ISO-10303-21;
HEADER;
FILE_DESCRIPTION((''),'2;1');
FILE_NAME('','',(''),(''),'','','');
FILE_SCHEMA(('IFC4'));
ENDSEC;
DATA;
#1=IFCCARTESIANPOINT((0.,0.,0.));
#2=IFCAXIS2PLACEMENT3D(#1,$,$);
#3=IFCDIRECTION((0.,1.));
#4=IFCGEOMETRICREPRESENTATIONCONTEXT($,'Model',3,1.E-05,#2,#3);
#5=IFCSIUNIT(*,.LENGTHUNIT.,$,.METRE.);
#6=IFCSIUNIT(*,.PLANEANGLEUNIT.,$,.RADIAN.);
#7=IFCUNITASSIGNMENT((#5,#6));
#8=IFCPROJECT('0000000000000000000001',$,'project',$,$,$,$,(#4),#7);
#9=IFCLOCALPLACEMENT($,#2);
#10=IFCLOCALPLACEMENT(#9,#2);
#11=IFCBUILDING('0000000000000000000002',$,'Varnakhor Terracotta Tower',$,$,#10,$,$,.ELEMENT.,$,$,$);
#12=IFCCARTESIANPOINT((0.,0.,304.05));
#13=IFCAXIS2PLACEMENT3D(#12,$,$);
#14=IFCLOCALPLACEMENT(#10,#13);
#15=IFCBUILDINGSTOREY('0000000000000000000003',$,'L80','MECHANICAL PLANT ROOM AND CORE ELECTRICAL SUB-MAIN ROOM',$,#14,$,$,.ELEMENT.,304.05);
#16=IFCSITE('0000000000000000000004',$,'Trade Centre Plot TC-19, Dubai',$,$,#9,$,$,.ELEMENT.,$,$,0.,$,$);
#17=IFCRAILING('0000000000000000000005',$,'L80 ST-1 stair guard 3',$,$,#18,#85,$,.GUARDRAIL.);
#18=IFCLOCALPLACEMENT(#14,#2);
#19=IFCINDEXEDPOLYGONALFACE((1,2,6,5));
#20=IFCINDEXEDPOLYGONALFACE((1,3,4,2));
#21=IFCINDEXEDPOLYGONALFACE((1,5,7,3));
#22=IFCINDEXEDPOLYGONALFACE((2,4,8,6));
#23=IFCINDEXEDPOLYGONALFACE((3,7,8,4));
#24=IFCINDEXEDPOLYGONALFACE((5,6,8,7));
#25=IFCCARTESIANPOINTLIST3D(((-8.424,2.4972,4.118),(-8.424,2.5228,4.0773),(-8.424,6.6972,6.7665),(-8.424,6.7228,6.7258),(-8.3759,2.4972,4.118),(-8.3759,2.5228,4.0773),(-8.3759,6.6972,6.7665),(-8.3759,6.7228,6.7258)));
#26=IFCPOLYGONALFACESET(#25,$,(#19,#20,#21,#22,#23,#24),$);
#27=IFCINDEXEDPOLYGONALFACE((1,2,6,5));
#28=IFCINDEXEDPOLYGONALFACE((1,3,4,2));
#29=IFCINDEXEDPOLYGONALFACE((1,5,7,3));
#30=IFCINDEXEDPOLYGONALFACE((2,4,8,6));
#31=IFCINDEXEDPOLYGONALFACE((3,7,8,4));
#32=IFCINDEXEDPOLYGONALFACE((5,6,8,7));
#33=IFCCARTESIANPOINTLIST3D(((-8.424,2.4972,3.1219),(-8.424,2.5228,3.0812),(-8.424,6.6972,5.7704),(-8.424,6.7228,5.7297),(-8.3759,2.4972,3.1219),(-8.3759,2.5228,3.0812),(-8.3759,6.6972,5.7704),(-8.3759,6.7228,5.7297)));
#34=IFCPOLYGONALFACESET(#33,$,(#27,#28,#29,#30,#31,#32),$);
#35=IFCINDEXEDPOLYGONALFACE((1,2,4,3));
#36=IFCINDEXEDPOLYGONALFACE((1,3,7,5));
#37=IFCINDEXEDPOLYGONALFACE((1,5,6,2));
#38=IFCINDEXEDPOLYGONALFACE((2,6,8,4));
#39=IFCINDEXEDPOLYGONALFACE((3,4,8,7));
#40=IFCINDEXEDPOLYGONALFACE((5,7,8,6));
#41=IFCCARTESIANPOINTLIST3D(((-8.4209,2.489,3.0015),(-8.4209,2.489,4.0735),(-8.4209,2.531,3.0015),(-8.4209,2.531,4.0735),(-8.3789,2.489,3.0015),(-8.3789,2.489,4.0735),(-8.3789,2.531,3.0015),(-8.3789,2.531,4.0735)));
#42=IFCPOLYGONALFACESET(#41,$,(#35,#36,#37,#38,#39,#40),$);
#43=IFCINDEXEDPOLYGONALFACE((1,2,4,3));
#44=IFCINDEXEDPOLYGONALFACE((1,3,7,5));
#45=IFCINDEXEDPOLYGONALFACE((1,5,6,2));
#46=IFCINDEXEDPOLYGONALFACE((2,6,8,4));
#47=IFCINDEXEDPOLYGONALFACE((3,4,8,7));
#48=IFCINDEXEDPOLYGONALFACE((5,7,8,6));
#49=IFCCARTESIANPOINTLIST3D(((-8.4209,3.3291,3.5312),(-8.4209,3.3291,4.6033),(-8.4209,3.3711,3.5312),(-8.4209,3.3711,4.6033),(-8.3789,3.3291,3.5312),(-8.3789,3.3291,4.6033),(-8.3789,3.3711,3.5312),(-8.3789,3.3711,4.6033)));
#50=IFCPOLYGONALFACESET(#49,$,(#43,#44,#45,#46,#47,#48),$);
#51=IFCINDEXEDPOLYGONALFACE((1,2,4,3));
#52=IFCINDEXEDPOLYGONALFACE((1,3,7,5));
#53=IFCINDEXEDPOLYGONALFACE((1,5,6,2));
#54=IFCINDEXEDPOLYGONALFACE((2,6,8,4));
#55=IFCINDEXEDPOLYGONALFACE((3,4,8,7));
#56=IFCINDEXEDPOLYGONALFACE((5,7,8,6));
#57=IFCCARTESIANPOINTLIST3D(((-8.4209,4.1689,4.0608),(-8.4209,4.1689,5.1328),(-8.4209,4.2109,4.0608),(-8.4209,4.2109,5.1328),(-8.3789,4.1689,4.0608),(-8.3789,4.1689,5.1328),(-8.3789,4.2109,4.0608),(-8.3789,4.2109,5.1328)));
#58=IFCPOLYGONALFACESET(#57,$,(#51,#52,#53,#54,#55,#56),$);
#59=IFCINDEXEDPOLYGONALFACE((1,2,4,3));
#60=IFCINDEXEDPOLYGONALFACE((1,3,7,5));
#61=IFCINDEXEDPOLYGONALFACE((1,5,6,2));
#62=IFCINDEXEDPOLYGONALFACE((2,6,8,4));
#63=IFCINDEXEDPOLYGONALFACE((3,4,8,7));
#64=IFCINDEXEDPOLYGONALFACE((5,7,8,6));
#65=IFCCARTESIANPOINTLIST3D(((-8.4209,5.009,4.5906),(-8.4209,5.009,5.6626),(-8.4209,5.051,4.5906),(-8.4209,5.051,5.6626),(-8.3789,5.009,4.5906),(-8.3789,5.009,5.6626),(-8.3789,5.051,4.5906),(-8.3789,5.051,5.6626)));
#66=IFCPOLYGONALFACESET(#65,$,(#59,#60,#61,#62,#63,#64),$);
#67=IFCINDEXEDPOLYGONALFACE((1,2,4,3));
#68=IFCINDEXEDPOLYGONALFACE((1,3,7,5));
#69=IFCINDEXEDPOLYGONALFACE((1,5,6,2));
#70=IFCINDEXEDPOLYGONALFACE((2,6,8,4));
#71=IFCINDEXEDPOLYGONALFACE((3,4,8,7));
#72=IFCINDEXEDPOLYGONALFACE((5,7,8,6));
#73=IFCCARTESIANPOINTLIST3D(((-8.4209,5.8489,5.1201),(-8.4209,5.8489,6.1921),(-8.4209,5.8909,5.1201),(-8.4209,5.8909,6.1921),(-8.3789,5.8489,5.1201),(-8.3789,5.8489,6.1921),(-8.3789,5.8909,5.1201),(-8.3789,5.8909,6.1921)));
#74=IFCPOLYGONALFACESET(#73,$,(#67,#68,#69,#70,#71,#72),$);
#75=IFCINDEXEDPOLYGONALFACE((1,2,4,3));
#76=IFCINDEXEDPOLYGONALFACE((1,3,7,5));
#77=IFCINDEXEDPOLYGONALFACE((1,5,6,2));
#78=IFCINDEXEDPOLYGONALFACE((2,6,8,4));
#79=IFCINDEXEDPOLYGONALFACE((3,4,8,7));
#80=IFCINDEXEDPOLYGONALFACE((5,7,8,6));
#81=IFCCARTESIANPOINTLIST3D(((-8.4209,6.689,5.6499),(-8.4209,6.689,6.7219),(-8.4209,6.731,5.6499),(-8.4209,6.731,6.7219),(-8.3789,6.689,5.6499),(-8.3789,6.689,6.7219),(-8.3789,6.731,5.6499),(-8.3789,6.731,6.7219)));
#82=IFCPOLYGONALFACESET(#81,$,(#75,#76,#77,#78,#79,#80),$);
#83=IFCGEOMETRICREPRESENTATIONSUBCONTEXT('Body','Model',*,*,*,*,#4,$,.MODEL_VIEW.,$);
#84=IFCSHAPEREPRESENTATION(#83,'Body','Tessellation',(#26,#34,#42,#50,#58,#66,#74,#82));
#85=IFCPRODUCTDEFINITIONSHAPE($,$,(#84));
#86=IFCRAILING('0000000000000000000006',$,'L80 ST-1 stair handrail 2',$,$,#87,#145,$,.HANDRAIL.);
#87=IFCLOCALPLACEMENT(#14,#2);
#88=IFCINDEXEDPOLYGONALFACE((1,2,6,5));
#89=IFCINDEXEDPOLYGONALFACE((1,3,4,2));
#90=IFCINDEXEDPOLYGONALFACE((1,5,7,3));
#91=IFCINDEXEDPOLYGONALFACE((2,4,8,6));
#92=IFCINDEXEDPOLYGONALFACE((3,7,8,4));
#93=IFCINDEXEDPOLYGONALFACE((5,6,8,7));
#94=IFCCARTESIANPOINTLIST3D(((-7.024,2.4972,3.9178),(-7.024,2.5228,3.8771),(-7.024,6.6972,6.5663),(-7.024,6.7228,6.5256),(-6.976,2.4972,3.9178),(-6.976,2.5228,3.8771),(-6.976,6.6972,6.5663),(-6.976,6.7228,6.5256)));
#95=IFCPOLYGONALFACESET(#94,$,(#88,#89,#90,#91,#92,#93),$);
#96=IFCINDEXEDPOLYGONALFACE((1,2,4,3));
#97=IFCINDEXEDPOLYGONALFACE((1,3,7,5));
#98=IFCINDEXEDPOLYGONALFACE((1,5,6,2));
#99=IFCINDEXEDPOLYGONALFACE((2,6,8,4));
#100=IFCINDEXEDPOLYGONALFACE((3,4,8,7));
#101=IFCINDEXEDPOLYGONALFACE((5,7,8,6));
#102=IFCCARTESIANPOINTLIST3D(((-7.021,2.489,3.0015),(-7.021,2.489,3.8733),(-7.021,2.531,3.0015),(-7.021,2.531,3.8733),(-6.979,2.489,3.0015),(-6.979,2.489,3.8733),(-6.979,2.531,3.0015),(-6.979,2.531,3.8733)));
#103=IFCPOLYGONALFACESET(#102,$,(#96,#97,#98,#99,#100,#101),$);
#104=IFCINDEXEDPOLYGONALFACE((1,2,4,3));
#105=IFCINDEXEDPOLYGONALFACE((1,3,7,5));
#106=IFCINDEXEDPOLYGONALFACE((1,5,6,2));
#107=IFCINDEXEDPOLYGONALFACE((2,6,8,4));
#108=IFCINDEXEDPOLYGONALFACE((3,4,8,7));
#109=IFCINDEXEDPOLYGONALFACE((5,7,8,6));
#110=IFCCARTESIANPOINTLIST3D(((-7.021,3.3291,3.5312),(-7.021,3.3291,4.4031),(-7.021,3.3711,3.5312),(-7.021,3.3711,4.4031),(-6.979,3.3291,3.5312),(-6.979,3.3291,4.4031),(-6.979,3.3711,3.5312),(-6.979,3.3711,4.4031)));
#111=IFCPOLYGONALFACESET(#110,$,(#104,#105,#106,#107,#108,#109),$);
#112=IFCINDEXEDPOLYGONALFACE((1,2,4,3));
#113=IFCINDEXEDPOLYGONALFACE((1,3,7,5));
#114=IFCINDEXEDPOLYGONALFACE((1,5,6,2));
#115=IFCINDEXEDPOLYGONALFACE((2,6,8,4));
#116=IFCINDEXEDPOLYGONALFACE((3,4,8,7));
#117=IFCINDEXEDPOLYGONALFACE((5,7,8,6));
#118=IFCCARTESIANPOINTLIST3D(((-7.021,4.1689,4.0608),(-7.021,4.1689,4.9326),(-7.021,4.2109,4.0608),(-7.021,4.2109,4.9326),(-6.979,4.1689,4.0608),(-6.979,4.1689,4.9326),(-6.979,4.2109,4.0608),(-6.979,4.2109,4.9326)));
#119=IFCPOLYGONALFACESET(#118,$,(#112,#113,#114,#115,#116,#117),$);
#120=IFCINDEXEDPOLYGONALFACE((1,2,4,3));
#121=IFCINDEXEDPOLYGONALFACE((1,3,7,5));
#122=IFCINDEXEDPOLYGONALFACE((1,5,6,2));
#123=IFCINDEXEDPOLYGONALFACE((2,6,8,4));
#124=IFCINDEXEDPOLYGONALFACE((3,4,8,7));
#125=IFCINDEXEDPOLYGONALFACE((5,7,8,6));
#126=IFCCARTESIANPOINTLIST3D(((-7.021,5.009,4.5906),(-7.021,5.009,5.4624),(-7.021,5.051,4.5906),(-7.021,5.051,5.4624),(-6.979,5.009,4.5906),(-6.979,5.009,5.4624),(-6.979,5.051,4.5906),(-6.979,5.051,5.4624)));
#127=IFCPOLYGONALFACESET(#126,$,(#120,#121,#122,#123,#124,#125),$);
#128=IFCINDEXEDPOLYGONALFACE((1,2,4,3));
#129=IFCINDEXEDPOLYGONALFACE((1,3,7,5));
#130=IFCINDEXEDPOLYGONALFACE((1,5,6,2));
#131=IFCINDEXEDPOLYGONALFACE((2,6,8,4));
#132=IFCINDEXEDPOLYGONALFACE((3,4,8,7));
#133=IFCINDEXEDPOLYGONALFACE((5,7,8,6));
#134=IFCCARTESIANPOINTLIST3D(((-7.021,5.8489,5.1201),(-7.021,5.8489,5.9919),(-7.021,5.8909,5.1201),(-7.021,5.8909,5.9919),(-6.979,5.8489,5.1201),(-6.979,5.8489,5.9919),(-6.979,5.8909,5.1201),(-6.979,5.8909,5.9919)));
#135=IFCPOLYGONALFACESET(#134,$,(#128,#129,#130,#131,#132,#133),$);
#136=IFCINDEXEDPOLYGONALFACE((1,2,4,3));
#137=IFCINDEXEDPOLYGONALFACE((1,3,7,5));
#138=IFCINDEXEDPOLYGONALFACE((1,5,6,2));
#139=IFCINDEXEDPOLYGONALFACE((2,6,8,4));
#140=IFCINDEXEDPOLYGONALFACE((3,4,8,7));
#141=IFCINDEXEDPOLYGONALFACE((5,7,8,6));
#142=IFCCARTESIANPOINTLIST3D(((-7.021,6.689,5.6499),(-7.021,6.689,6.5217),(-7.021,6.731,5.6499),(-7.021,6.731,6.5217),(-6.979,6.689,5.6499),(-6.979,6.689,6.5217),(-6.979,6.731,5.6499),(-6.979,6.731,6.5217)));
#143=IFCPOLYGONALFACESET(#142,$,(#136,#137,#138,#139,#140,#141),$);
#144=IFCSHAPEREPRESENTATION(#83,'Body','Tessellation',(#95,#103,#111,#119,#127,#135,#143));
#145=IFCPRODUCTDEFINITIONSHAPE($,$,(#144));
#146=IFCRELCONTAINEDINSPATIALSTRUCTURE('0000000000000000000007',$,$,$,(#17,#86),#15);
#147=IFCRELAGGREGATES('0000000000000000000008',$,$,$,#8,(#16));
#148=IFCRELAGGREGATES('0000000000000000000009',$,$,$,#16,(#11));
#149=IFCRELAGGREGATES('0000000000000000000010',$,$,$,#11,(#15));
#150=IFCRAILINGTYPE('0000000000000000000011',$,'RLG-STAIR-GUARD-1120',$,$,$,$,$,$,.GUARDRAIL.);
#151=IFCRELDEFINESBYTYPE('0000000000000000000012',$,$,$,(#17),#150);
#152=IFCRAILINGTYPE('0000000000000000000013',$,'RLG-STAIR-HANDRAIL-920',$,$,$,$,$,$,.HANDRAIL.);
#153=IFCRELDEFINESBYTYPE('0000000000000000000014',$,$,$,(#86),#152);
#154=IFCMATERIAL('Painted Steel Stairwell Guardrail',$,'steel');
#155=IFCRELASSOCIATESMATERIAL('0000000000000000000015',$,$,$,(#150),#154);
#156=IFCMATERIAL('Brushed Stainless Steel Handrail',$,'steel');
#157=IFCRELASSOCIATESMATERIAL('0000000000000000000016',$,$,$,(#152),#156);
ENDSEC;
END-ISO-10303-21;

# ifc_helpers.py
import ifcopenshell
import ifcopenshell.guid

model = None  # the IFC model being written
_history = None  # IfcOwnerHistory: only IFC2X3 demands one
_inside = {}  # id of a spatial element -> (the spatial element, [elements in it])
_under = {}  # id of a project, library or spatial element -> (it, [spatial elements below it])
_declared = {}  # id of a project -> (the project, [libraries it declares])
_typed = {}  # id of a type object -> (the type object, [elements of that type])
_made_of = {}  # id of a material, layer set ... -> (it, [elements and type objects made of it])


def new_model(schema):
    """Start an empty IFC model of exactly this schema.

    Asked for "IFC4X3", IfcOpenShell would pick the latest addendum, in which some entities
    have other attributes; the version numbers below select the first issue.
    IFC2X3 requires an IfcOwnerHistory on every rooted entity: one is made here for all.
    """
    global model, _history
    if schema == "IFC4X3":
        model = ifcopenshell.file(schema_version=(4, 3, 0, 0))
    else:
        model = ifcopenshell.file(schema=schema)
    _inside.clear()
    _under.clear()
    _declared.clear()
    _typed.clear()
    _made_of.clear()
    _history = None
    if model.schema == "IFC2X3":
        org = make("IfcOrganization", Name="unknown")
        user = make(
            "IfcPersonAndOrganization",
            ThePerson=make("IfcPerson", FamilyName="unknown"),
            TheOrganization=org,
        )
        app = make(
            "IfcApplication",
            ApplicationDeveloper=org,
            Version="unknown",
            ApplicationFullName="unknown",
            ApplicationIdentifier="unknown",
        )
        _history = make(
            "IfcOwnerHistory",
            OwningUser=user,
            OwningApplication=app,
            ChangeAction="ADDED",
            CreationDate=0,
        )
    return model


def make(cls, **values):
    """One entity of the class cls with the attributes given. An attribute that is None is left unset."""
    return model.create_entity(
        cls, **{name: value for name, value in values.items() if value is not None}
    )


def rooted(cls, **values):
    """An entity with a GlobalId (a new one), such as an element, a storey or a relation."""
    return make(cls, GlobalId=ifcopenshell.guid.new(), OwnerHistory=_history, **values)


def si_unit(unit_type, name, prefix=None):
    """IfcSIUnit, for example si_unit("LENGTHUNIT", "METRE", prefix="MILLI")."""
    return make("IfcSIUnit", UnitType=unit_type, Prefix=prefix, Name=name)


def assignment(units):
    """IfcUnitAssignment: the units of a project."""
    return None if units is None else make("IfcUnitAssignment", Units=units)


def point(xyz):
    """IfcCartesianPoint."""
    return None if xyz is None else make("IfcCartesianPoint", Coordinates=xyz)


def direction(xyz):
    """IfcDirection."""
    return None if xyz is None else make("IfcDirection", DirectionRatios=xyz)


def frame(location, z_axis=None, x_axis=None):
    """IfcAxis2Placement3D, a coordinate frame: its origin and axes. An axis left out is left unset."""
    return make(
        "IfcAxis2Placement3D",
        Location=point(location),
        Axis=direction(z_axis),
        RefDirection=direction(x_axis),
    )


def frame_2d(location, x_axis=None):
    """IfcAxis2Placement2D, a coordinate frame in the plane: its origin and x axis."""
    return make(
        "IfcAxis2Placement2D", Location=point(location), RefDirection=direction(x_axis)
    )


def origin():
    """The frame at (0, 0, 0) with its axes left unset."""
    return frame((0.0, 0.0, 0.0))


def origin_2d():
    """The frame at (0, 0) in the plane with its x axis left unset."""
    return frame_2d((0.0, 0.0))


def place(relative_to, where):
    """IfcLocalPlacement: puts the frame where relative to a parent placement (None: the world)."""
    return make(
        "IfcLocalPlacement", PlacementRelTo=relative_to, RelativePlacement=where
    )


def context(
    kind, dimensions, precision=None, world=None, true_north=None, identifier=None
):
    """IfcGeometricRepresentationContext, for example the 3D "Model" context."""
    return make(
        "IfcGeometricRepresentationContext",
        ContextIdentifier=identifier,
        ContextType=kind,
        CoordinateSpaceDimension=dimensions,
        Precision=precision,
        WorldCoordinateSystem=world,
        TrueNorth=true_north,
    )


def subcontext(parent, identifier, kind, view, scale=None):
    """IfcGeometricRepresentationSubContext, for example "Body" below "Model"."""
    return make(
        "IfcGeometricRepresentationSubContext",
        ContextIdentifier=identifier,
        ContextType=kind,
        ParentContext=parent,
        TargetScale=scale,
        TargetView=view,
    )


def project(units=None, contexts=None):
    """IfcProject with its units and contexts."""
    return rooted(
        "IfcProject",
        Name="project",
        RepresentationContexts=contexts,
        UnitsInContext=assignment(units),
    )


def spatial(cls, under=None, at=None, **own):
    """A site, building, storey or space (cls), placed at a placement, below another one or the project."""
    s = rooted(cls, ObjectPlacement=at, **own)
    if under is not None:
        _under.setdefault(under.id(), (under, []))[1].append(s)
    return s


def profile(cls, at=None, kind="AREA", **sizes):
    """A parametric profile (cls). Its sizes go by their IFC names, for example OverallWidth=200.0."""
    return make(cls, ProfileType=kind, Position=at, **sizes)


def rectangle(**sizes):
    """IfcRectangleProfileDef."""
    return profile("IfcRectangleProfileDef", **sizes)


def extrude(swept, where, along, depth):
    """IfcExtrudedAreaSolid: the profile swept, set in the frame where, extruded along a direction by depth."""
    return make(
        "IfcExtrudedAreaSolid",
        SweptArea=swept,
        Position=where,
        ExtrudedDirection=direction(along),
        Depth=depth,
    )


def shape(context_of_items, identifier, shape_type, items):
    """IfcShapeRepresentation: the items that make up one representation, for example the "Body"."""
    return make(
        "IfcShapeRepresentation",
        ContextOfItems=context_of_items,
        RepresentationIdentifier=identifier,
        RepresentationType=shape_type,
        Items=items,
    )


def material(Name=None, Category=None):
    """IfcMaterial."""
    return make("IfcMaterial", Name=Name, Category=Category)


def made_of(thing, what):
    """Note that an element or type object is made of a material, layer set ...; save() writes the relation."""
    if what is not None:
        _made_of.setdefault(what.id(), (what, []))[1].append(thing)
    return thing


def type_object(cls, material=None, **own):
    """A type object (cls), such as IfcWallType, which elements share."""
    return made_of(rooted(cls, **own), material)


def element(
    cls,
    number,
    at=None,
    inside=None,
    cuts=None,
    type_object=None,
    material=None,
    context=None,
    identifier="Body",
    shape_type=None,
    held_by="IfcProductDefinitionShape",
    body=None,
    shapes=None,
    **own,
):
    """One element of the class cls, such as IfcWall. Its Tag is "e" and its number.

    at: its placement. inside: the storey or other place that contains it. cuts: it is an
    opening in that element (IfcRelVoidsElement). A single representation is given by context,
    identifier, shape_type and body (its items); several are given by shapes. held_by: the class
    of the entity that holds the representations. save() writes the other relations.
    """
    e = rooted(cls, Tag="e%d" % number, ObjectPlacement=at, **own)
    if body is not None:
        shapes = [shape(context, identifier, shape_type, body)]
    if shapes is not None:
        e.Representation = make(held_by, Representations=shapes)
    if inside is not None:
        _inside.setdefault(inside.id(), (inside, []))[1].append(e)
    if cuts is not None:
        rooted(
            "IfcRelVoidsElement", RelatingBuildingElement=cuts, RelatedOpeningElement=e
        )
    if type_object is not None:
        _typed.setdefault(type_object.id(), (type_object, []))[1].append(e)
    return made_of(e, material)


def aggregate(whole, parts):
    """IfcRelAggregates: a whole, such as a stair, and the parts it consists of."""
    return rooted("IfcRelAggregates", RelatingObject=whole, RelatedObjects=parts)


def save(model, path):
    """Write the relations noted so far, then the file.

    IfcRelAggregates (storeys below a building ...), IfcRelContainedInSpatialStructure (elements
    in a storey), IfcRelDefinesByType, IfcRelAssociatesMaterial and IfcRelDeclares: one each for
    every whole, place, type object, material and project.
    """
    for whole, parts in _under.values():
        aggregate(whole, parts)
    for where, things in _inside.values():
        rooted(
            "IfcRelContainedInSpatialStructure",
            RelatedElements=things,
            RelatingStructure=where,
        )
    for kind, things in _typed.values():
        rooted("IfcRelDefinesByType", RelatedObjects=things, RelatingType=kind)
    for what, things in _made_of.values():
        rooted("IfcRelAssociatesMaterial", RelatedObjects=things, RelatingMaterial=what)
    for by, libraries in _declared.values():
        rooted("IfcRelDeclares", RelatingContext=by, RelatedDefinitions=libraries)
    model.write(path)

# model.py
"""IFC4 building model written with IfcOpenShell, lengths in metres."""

from ifc_helpers import new_model, si_unit, direction, frame, origin, origin_2d, place, context, subcontext, project, spatial, rectangle, extrude, material, type_object, element, save


model = new_model("IFC4")

# Units and contexts
model_context = context("Model", 3, precision=1e-05, world=origin(), true_north=direction((0.0, 1.0)))
body_context = subcontext(model_context, "Body", "Model", "MODEL_VIEW")
ifc_project = project(units=[si_unit("LENGTHUNIT", "METRE"), si_unit("PLANEANGLEUNIT", "RADIAN")], contexts=[model_context])

# Site, building, storey
site_placement = place(None, origin())
site = spatial("IfcSite", under=ifc_project, at=site_placement, Name="Trade Centre Plot TC-19, Dubai", CompositionType="ELEMENT", RefElevation=0.0)
building_placement = place(site_placement, origin())
building = spatial("IfcBuilding", under=site, at=building_placement, Name="Varnakhor Terracotta Tower", CompositionType="ELEMENT")
storey_placement = place(building_placement, frame((0.0, 0.0, 304.05)))
storey = spatial("IfcBuildingStorey", under=building, at=storey_placement, Name="L80", Description="MECHANICAL PLANT ROOM AND CORE ELECTRICAL SUB-MAIN ROOM", CompositionType="ELEMENT", Elevation=304.05)

# Railings
ifc_material_1 = material(Name="Painted Steel Stairwell Guardrail", Category="steel")
railing_type_1 = type_object("IfcRailingType", Name="RLG-STAIR-GUARD-1120", PredefinedType="GUARDRAIL", material=ifc_material_1)
railing_1_placement = place(storey_placement, frame((-8.3999, 2.51, 3.0015)))
element("IfcRailing", 1, at=railing_1_placement, inside=storey, type_object=railing_type_1, Name="L80 ST-1 stair guard 3", PredefinedType="GUARDRAIL", context=body_context, shape_type="SweptSolid", body=[
    extrude(rectangle(XDim=0.0481, YDim=0.0481, at=origin_2d()), frame((0.0, 0.0, 1.0962), z_axis=(0.0, 0.845867, 0.533393), x_axis=(-1.0, 0.0, 0.0)), (0.0, 0.0, 1.0), 4.9653),
    extrude(rectangle(XDim=0.0481, YDim=0.0481, at=origin_2d()), frame((0.0, 0.0, 0.1001), z_axis=(0.0, 0.845867, 0.533393), x_axis=(-1.0, 0.0, 0.0)), (0.0, 0.0, 1.0), 4.9653),
    extrude(rectangle(XDim=0.042, YDim=0.042, at=origin_2d()), origin(), (0.0, 0.0, 1.0), 1.072),
    extrude(rectangle(XDim=0.042, YDim=0.042, at=origin_2d()), frame((0.0, 0.8401, 0.5298)), (0.0, 0.0, 1.0), 1.072),
    extrude(rectangle(XDim=0.042, YDim=0.042, at=origin_2d()), frame((0.0, 1.6799, 1.0593)), (0.0, 0.0, 1.0), 1.072),
    extrude(rectangle(XDim=0.042, YDim=0.042, at=origin_2d()), frame((0.0, 2.52, 1.5891)), (0.0, 0.0, 1.0), 1.072),
    extrude(rectangle(XDim=0.042, YDim=0.042, at=origin_2d()), frame((0.0, 3.3599, 2.1187)), (0.0, 0.0, 1.0), 1.072),
    extrude(rectangle(XDim=0.042, YDim=0.042, at=origin_2d()), frame((0.0, 4.2, 2.6484)), (0.0, 0.0, 1.0), 1.072),
])
ifc_material_2 = material(Name="Brushed Stainless Steel Handrail", Category="steel")
railing_type_2 = type_object("IfcRailingType", Name="RLG-STAIR-HANDRAIL-920", PredefinedType="HANDRAIL", material=ifc_material_2)
railing_2_placement = place(storey_placement, frame((-7.0, 2.51, 3.0015)))
element("IfcRailing", 2, at=railing_2_placement, inside=storey, type_object=railing_type_2, Name="L80 ST-1 stair handrail 2", PredefinedType="HANDRAIL", context=body_context, shape_type="SweptSolid", body=[
    extrude(rectangle(XDim=0.0481, YDim=0.0481, at=origin_2d()), frame((0.0, 0.0, 0.896), z_axis=(0.0, 0.845867, 0.533393), x_axis=(-1.0, 0.0, 0.0)), (0.0, 0.0, 1.0), 4.9653),
    extrude(rectangle(XDim=0.042, YDim=0.042, at=origin_2d()), origin(), (0.0, 0.0, 1.0), 0.8718),
    extrude(rectangle(XDim=0.042, YDim=0.042, at=origin_2d()), frame((0.0, 0.8401, 0.5298)), (0.0, 0.0, 1.0), 0.8718),
    extrude(rectangle(XDim=0.042, YDim=0.042, at=origin_2d()), frame((0.0, 1.6799, 1.0593)), (0.0, 0.0, 1.0), 0.8718),
    extrude(rectangle(XDim=0.042, YDim=0.042, at=origin_2d()), frame((0.0, 2.52, 1.5891)), (0.0, 0.0, 1.0), 0.8718),
    extrude(rectangle(XDim=0.042, YDim=0.042, at=origin_2d()), frame((0.0, 3.3599, 2.1187)), (0.0, 0.0, 1.0), 0.8718),
    extrude(rectangle(XDim=0.042, YDim=0.042, at=origin_2d()), frame((0.0, 4.2, 2.6484)), (0.0, 0.0, 1.0), 0.8718),
])

save(model, "model.ifc")
